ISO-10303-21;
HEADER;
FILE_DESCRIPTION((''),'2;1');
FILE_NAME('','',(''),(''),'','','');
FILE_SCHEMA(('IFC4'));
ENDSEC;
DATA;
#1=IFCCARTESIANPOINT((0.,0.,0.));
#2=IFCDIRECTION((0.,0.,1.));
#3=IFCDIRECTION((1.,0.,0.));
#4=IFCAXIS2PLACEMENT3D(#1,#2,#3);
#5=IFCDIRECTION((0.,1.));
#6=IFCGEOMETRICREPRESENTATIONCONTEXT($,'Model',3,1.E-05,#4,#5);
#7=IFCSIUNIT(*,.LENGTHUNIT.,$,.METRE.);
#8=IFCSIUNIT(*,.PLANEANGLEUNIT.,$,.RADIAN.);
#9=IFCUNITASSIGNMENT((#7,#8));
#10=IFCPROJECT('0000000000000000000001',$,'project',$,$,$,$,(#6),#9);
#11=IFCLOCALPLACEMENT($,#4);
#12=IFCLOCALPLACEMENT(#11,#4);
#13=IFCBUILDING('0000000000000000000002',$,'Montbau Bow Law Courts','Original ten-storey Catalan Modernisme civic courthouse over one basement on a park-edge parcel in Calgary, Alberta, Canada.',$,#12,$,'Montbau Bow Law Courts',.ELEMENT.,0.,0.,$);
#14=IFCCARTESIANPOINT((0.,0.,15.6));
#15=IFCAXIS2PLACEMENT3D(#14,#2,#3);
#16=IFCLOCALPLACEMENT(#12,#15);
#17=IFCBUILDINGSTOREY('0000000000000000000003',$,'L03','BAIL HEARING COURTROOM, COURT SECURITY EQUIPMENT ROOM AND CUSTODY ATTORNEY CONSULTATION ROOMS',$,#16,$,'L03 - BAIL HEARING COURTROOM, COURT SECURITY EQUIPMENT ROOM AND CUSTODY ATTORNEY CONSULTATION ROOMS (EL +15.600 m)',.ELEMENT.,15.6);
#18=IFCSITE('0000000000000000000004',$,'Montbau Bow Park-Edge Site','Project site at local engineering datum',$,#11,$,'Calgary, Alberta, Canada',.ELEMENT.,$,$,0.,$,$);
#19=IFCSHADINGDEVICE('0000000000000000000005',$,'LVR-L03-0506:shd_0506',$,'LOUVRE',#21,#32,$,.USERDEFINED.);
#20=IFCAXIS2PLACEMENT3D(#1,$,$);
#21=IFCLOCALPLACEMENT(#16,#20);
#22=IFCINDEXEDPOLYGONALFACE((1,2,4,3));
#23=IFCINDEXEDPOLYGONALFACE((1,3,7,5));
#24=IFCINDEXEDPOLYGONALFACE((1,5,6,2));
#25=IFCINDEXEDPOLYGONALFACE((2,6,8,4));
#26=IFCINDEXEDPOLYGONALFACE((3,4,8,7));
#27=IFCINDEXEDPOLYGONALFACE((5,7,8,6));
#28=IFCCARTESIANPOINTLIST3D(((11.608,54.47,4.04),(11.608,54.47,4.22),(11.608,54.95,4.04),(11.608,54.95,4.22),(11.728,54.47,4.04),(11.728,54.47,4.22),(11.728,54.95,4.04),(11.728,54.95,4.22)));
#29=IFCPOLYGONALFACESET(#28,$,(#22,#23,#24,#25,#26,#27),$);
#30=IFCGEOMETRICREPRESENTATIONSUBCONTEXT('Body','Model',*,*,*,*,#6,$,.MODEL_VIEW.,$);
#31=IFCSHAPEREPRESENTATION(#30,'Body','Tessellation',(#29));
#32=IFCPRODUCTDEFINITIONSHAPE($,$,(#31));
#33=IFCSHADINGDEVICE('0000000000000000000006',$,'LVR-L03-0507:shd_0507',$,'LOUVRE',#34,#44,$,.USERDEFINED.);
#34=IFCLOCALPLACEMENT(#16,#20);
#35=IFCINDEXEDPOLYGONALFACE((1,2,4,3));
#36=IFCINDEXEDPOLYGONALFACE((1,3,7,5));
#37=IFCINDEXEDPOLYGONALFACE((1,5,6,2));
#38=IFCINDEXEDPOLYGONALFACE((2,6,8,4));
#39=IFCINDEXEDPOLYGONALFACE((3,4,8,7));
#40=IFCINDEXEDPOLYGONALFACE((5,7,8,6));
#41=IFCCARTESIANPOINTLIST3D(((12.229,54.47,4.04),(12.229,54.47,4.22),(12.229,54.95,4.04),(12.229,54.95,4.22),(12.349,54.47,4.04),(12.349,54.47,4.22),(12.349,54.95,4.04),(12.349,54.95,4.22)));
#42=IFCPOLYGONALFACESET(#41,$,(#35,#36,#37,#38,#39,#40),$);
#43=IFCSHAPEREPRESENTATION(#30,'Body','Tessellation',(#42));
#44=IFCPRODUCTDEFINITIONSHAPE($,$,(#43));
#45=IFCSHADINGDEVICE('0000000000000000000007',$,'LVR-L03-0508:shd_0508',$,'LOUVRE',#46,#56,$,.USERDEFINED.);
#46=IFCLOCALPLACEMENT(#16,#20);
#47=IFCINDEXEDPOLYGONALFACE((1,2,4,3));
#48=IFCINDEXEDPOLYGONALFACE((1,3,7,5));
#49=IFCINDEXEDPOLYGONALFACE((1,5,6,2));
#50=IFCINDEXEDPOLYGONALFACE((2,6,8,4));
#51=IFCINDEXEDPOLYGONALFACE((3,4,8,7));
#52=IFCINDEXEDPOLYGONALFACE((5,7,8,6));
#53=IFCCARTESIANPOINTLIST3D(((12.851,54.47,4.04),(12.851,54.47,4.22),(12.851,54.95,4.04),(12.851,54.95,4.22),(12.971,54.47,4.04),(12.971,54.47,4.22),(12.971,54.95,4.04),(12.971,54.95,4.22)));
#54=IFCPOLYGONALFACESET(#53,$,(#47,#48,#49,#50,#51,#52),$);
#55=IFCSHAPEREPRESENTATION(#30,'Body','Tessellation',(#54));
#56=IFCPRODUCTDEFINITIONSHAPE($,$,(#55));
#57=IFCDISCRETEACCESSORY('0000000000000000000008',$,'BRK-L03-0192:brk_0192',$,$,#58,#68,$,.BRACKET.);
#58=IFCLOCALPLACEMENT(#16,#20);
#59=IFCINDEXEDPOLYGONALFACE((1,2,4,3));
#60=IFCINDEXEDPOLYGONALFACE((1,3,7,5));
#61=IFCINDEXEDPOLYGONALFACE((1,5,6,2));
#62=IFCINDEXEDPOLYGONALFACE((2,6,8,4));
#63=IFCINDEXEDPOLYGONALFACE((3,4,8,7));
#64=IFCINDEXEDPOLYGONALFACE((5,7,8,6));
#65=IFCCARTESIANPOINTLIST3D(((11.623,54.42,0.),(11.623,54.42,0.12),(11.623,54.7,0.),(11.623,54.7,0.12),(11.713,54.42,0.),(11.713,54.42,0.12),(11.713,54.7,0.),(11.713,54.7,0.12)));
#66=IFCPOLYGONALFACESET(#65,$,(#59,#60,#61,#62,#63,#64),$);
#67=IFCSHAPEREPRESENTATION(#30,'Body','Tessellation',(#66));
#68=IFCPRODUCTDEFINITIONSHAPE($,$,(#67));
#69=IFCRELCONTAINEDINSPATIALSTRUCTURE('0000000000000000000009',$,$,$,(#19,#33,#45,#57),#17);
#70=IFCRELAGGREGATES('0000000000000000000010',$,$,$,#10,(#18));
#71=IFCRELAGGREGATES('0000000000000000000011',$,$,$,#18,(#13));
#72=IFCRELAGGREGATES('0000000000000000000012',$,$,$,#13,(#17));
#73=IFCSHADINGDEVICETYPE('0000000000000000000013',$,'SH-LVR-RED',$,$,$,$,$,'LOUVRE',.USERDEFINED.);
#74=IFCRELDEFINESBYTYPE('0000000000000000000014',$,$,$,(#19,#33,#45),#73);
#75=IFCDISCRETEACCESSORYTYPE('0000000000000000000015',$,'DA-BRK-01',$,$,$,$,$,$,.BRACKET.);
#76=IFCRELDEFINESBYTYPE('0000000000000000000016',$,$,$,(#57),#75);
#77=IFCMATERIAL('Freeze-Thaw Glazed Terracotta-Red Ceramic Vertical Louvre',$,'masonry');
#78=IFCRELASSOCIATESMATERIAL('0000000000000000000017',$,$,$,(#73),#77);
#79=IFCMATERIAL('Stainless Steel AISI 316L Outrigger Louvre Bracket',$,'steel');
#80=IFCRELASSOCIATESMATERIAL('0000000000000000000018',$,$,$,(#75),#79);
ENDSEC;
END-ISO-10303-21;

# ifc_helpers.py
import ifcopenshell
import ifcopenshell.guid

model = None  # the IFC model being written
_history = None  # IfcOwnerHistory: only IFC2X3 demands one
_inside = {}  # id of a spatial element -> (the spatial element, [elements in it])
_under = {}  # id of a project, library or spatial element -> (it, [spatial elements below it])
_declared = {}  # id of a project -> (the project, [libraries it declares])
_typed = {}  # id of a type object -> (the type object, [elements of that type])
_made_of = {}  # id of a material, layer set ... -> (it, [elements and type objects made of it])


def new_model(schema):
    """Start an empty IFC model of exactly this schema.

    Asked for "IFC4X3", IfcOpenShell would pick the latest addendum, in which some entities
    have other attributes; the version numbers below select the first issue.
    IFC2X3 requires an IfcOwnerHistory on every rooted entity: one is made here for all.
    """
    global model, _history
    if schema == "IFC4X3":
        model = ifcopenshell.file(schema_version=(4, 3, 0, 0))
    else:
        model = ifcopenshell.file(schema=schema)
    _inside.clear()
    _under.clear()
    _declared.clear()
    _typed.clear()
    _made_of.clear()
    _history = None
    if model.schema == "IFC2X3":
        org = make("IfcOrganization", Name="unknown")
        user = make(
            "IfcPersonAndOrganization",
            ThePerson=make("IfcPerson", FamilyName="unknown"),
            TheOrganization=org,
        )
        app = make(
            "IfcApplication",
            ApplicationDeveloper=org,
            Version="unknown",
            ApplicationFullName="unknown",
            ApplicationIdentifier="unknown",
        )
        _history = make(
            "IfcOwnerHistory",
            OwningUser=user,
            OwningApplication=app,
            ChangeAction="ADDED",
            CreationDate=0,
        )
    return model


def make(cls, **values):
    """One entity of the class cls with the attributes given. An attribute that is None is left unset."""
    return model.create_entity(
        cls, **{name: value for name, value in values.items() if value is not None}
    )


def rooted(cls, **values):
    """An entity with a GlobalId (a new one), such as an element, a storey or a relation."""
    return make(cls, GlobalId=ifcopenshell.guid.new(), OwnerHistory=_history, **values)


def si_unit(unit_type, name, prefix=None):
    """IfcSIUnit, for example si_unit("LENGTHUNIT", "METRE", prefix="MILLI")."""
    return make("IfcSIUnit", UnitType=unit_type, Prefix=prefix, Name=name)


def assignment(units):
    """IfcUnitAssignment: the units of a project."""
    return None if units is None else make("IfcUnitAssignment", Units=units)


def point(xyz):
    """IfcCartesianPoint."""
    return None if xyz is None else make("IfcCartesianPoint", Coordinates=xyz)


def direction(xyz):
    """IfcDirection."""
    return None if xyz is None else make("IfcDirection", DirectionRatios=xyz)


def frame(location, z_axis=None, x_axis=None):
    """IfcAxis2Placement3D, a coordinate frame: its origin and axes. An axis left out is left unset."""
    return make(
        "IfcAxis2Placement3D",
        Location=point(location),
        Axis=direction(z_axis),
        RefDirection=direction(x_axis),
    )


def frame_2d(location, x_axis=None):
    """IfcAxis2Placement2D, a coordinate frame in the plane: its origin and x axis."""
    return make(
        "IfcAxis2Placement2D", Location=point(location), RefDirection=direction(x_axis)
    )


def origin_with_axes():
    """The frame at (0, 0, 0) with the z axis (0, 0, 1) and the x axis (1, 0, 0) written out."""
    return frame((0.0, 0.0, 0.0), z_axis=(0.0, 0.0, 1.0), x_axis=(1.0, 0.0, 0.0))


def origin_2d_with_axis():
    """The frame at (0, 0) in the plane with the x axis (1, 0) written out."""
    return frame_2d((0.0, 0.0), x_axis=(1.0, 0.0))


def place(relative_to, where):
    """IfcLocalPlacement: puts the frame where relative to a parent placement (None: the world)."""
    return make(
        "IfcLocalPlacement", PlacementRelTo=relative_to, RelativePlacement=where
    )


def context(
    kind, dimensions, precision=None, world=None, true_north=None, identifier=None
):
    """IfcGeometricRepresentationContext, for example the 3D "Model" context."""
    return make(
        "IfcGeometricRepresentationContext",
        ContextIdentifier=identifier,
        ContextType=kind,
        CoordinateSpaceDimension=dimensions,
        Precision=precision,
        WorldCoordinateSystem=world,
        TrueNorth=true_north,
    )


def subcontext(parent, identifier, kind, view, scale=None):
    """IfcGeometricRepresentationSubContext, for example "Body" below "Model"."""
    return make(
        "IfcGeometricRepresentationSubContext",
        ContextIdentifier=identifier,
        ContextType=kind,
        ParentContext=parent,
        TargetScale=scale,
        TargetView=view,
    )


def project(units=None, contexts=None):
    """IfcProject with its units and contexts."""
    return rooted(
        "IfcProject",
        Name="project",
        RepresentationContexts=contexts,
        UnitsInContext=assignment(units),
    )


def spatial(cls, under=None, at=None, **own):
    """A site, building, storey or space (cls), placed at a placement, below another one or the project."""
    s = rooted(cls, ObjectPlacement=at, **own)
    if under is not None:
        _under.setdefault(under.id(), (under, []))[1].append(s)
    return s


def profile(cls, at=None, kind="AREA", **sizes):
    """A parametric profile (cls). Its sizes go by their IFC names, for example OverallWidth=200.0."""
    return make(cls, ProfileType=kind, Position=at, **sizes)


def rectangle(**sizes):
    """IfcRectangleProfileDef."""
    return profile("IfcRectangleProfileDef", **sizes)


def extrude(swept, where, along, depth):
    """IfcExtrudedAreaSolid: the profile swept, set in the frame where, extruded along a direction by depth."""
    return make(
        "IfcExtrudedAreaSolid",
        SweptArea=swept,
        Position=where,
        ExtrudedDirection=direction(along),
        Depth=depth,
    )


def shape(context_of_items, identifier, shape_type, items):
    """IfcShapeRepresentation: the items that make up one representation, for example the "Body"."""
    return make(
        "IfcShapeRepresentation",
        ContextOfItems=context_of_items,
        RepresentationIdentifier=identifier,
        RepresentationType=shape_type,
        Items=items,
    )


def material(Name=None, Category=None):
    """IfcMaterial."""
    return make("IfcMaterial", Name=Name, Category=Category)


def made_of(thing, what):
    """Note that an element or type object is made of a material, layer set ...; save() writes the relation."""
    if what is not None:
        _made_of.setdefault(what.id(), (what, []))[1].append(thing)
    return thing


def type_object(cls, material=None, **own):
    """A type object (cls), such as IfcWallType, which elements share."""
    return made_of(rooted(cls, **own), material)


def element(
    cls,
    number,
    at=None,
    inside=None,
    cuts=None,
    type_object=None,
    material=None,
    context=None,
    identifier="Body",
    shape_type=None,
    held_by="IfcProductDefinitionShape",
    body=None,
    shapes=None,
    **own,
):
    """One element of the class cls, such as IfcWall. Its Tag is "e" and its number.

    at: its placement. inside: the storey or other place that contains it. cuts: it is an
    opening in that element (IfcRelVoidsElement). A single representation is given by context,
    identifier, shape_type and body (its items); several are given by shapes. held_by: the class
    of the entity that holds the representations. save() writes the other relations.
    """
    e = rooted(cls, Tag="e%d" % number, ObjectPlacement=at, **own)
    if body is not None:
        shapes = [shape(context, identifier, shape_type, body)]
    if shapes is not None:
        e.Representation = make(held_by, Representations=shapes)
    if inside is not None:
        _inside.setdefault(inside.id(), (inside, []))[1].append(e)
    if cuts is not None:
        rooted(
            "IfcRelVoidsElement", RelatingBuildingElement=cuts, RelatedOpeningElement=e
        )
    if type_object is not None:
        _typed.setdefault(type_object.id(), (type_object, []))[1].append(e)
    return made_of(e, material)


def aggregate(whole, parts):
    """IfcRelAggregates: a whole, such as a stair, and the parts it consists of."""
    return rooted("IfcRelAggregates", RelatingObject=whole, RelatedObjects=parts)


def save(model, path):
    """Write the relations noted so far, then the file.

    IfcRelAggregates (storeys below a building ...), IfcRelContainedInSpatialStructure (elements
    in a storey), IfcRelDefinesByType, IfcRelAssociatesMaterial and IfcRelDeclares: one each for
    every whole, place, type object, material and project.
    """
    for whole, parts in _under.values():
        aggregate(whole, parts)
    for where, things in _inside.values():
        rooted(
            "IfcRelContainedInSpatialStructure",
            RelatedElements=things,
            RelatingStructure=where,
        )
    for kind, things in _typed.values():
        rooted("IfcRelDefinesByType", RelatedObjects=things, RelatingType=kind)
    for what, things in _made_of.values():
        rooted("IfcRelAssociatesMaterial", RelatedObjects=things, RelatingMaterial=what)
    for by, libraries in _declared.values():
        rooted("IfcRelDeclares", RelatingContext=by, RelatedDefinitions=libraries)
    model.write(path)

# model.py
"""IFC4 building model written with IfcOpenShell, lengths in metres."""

from ifc_helpers import new_model, si_unit, direction, frame, origin_with_axes, origin_2d_with_axis, place, context, subcontext, project, spatial, rectangle, extrude, material, type_object, element, save


model = new_model("IFC4")

# Units and contexts
model_context = context("Model", 3, precision=1e-05, world=origin_with_axes(), true_north=direction((0.0, 1.0)))
body_context = subcontext(model_context, "Body", "Model", "MODEL_VIEW")
ifc_project = project(units=[si_unit("LENGTHUNIT", "METRE"), si_unit("PLANEANGLEUNIT", "RADIAN")], contexts=[model_context])

# Site, building, storey
site_placement = place(None, origin_with_axes())
site = spatial("IfcSite", under=ifc_project, at=site_placement, Name="Montbau Bow Park-Edge Site", Description="Project site at local engineering datum", LongName="Calgary, Alberta, Canada", CompositionType="ELEMENT", RefElevation=0.0)
building_placement = place(site_placement, origin_with_axes())
building = spatial("IfcBuilding", under=site, at=building_placement, Name="Montbau Bow Law Courts", Description="Original ten-storey Catalan Modernisme civic courthouse over one basement on a park-edge parcel in Calgary, Alberta, Canada.", LongName="Montbau Bow Law Courts", CompositionType="ELEMENT", ElevationOfRefHeight=0.0, ElevationOfTerrain=0.0)
storey_placement = place(building_placement, frame((0.0, 0.0, 15.6), z_axis=(0.0, 0.0, 1.0), x_axis=(1.0, 0.0, 0.0)))
storey = spatial("IfcBuildingStorey", under=building, at=storey_placement, Name="L03", Description="BAIL HEARING COURTROOM, COURT SECURITY EQUIPMENT ROOM AND CUSTODY ATTORNEY CONSULTATION ROOMS", LongName="L03 - BAIL HEARING COURTROOM, COURT SECURITY EQUIPMENT ROOM AND CUSTODY ATTORNEY CONSULTATION ROOMS (EL +15.600 m)", CompositionType="ELEMENT", Elevation=15.6)

# Shared definitions
ifc_material_1 = material(Name="Freeze-Thaw Glazed Terracotta-Red Ceramic Vertical Louvre", Category="masonry")

# Shading devices
shading_device_type = type_object("IfcShadingDeviceType", Name="SH-LVR-RED", ElementType="LOUVRE", PredefinedType="USERDEFINED", material=ifc_material_1)
for number, where, z_axis, x_axis, name in (
    (1, (11.668, 54.71, 19.64), (0.0, 0.0, 1.0), (0.0, 1.0, 0.0), "LVR-L03-0506:shd_0506"),
    (2, (12.289, 54.71, 19.64), (0.0, 0.0, 1.0), (0.0, 1.0, 0.0), "LVR-L03-0507:shd_0507"),
    (3, (12.911, 54.71, 19.64), (0.0, 0.0, 1.0), (0.0, 1.0, 0.0), "LVR-L03-0508:shd_0508"),
):
    element("IfcShadingDevice", number, at=place(None, frame(where, z_axis=z_axis, x_axis=x_axis)), inside=storey, type_object=shading_device_type, Name=name, ObjectType="LOUVRE", PredefinedType="USERDEFINED", context=body_context, shape_type="SweptSolid", body=[
        extrude(rectangle(XDim=0.48, YDim=0.12, at=origin_2d_with_axis()), origin_with_axes(), (0.0, 0.0, 1.0), 0.18),
    ])

# Discrete accessory
ifc_material_2 = material(Name="Stainless Steel AISI 316L Outrigger Louvre Bracket", Category="steel")
discrete_accessory_type = type_object("IfcDiscreteAccessoryType", Name="DA-BRK-01", PredefinedType="BRACKET", material=ifc_material_2)
discrete_accessory_placement = place(None, frame((11.668, 54.56, 15.6), z_axis=(0.0, 0.0, 1.0), x_axis=(0.0, 1.0, 0.0)))
element("IfcDiscreteAccessory", 4, at=discrete_accessory_placement, inside=storey, type_object=discrete_accessory_type, Name="BRK-L03-0192:brk_0192", PredefinedType="BRACKET", context=body_context, shape_type="SweptSolid", body=[
    extrude(rectangle(XDim=0.28, YDim=0.09, at=origin_2d_with_axis()), origin_with_axes(), (0.0, 0.0, 1.0), 0.12),
])

save(model, "model.ifc")
